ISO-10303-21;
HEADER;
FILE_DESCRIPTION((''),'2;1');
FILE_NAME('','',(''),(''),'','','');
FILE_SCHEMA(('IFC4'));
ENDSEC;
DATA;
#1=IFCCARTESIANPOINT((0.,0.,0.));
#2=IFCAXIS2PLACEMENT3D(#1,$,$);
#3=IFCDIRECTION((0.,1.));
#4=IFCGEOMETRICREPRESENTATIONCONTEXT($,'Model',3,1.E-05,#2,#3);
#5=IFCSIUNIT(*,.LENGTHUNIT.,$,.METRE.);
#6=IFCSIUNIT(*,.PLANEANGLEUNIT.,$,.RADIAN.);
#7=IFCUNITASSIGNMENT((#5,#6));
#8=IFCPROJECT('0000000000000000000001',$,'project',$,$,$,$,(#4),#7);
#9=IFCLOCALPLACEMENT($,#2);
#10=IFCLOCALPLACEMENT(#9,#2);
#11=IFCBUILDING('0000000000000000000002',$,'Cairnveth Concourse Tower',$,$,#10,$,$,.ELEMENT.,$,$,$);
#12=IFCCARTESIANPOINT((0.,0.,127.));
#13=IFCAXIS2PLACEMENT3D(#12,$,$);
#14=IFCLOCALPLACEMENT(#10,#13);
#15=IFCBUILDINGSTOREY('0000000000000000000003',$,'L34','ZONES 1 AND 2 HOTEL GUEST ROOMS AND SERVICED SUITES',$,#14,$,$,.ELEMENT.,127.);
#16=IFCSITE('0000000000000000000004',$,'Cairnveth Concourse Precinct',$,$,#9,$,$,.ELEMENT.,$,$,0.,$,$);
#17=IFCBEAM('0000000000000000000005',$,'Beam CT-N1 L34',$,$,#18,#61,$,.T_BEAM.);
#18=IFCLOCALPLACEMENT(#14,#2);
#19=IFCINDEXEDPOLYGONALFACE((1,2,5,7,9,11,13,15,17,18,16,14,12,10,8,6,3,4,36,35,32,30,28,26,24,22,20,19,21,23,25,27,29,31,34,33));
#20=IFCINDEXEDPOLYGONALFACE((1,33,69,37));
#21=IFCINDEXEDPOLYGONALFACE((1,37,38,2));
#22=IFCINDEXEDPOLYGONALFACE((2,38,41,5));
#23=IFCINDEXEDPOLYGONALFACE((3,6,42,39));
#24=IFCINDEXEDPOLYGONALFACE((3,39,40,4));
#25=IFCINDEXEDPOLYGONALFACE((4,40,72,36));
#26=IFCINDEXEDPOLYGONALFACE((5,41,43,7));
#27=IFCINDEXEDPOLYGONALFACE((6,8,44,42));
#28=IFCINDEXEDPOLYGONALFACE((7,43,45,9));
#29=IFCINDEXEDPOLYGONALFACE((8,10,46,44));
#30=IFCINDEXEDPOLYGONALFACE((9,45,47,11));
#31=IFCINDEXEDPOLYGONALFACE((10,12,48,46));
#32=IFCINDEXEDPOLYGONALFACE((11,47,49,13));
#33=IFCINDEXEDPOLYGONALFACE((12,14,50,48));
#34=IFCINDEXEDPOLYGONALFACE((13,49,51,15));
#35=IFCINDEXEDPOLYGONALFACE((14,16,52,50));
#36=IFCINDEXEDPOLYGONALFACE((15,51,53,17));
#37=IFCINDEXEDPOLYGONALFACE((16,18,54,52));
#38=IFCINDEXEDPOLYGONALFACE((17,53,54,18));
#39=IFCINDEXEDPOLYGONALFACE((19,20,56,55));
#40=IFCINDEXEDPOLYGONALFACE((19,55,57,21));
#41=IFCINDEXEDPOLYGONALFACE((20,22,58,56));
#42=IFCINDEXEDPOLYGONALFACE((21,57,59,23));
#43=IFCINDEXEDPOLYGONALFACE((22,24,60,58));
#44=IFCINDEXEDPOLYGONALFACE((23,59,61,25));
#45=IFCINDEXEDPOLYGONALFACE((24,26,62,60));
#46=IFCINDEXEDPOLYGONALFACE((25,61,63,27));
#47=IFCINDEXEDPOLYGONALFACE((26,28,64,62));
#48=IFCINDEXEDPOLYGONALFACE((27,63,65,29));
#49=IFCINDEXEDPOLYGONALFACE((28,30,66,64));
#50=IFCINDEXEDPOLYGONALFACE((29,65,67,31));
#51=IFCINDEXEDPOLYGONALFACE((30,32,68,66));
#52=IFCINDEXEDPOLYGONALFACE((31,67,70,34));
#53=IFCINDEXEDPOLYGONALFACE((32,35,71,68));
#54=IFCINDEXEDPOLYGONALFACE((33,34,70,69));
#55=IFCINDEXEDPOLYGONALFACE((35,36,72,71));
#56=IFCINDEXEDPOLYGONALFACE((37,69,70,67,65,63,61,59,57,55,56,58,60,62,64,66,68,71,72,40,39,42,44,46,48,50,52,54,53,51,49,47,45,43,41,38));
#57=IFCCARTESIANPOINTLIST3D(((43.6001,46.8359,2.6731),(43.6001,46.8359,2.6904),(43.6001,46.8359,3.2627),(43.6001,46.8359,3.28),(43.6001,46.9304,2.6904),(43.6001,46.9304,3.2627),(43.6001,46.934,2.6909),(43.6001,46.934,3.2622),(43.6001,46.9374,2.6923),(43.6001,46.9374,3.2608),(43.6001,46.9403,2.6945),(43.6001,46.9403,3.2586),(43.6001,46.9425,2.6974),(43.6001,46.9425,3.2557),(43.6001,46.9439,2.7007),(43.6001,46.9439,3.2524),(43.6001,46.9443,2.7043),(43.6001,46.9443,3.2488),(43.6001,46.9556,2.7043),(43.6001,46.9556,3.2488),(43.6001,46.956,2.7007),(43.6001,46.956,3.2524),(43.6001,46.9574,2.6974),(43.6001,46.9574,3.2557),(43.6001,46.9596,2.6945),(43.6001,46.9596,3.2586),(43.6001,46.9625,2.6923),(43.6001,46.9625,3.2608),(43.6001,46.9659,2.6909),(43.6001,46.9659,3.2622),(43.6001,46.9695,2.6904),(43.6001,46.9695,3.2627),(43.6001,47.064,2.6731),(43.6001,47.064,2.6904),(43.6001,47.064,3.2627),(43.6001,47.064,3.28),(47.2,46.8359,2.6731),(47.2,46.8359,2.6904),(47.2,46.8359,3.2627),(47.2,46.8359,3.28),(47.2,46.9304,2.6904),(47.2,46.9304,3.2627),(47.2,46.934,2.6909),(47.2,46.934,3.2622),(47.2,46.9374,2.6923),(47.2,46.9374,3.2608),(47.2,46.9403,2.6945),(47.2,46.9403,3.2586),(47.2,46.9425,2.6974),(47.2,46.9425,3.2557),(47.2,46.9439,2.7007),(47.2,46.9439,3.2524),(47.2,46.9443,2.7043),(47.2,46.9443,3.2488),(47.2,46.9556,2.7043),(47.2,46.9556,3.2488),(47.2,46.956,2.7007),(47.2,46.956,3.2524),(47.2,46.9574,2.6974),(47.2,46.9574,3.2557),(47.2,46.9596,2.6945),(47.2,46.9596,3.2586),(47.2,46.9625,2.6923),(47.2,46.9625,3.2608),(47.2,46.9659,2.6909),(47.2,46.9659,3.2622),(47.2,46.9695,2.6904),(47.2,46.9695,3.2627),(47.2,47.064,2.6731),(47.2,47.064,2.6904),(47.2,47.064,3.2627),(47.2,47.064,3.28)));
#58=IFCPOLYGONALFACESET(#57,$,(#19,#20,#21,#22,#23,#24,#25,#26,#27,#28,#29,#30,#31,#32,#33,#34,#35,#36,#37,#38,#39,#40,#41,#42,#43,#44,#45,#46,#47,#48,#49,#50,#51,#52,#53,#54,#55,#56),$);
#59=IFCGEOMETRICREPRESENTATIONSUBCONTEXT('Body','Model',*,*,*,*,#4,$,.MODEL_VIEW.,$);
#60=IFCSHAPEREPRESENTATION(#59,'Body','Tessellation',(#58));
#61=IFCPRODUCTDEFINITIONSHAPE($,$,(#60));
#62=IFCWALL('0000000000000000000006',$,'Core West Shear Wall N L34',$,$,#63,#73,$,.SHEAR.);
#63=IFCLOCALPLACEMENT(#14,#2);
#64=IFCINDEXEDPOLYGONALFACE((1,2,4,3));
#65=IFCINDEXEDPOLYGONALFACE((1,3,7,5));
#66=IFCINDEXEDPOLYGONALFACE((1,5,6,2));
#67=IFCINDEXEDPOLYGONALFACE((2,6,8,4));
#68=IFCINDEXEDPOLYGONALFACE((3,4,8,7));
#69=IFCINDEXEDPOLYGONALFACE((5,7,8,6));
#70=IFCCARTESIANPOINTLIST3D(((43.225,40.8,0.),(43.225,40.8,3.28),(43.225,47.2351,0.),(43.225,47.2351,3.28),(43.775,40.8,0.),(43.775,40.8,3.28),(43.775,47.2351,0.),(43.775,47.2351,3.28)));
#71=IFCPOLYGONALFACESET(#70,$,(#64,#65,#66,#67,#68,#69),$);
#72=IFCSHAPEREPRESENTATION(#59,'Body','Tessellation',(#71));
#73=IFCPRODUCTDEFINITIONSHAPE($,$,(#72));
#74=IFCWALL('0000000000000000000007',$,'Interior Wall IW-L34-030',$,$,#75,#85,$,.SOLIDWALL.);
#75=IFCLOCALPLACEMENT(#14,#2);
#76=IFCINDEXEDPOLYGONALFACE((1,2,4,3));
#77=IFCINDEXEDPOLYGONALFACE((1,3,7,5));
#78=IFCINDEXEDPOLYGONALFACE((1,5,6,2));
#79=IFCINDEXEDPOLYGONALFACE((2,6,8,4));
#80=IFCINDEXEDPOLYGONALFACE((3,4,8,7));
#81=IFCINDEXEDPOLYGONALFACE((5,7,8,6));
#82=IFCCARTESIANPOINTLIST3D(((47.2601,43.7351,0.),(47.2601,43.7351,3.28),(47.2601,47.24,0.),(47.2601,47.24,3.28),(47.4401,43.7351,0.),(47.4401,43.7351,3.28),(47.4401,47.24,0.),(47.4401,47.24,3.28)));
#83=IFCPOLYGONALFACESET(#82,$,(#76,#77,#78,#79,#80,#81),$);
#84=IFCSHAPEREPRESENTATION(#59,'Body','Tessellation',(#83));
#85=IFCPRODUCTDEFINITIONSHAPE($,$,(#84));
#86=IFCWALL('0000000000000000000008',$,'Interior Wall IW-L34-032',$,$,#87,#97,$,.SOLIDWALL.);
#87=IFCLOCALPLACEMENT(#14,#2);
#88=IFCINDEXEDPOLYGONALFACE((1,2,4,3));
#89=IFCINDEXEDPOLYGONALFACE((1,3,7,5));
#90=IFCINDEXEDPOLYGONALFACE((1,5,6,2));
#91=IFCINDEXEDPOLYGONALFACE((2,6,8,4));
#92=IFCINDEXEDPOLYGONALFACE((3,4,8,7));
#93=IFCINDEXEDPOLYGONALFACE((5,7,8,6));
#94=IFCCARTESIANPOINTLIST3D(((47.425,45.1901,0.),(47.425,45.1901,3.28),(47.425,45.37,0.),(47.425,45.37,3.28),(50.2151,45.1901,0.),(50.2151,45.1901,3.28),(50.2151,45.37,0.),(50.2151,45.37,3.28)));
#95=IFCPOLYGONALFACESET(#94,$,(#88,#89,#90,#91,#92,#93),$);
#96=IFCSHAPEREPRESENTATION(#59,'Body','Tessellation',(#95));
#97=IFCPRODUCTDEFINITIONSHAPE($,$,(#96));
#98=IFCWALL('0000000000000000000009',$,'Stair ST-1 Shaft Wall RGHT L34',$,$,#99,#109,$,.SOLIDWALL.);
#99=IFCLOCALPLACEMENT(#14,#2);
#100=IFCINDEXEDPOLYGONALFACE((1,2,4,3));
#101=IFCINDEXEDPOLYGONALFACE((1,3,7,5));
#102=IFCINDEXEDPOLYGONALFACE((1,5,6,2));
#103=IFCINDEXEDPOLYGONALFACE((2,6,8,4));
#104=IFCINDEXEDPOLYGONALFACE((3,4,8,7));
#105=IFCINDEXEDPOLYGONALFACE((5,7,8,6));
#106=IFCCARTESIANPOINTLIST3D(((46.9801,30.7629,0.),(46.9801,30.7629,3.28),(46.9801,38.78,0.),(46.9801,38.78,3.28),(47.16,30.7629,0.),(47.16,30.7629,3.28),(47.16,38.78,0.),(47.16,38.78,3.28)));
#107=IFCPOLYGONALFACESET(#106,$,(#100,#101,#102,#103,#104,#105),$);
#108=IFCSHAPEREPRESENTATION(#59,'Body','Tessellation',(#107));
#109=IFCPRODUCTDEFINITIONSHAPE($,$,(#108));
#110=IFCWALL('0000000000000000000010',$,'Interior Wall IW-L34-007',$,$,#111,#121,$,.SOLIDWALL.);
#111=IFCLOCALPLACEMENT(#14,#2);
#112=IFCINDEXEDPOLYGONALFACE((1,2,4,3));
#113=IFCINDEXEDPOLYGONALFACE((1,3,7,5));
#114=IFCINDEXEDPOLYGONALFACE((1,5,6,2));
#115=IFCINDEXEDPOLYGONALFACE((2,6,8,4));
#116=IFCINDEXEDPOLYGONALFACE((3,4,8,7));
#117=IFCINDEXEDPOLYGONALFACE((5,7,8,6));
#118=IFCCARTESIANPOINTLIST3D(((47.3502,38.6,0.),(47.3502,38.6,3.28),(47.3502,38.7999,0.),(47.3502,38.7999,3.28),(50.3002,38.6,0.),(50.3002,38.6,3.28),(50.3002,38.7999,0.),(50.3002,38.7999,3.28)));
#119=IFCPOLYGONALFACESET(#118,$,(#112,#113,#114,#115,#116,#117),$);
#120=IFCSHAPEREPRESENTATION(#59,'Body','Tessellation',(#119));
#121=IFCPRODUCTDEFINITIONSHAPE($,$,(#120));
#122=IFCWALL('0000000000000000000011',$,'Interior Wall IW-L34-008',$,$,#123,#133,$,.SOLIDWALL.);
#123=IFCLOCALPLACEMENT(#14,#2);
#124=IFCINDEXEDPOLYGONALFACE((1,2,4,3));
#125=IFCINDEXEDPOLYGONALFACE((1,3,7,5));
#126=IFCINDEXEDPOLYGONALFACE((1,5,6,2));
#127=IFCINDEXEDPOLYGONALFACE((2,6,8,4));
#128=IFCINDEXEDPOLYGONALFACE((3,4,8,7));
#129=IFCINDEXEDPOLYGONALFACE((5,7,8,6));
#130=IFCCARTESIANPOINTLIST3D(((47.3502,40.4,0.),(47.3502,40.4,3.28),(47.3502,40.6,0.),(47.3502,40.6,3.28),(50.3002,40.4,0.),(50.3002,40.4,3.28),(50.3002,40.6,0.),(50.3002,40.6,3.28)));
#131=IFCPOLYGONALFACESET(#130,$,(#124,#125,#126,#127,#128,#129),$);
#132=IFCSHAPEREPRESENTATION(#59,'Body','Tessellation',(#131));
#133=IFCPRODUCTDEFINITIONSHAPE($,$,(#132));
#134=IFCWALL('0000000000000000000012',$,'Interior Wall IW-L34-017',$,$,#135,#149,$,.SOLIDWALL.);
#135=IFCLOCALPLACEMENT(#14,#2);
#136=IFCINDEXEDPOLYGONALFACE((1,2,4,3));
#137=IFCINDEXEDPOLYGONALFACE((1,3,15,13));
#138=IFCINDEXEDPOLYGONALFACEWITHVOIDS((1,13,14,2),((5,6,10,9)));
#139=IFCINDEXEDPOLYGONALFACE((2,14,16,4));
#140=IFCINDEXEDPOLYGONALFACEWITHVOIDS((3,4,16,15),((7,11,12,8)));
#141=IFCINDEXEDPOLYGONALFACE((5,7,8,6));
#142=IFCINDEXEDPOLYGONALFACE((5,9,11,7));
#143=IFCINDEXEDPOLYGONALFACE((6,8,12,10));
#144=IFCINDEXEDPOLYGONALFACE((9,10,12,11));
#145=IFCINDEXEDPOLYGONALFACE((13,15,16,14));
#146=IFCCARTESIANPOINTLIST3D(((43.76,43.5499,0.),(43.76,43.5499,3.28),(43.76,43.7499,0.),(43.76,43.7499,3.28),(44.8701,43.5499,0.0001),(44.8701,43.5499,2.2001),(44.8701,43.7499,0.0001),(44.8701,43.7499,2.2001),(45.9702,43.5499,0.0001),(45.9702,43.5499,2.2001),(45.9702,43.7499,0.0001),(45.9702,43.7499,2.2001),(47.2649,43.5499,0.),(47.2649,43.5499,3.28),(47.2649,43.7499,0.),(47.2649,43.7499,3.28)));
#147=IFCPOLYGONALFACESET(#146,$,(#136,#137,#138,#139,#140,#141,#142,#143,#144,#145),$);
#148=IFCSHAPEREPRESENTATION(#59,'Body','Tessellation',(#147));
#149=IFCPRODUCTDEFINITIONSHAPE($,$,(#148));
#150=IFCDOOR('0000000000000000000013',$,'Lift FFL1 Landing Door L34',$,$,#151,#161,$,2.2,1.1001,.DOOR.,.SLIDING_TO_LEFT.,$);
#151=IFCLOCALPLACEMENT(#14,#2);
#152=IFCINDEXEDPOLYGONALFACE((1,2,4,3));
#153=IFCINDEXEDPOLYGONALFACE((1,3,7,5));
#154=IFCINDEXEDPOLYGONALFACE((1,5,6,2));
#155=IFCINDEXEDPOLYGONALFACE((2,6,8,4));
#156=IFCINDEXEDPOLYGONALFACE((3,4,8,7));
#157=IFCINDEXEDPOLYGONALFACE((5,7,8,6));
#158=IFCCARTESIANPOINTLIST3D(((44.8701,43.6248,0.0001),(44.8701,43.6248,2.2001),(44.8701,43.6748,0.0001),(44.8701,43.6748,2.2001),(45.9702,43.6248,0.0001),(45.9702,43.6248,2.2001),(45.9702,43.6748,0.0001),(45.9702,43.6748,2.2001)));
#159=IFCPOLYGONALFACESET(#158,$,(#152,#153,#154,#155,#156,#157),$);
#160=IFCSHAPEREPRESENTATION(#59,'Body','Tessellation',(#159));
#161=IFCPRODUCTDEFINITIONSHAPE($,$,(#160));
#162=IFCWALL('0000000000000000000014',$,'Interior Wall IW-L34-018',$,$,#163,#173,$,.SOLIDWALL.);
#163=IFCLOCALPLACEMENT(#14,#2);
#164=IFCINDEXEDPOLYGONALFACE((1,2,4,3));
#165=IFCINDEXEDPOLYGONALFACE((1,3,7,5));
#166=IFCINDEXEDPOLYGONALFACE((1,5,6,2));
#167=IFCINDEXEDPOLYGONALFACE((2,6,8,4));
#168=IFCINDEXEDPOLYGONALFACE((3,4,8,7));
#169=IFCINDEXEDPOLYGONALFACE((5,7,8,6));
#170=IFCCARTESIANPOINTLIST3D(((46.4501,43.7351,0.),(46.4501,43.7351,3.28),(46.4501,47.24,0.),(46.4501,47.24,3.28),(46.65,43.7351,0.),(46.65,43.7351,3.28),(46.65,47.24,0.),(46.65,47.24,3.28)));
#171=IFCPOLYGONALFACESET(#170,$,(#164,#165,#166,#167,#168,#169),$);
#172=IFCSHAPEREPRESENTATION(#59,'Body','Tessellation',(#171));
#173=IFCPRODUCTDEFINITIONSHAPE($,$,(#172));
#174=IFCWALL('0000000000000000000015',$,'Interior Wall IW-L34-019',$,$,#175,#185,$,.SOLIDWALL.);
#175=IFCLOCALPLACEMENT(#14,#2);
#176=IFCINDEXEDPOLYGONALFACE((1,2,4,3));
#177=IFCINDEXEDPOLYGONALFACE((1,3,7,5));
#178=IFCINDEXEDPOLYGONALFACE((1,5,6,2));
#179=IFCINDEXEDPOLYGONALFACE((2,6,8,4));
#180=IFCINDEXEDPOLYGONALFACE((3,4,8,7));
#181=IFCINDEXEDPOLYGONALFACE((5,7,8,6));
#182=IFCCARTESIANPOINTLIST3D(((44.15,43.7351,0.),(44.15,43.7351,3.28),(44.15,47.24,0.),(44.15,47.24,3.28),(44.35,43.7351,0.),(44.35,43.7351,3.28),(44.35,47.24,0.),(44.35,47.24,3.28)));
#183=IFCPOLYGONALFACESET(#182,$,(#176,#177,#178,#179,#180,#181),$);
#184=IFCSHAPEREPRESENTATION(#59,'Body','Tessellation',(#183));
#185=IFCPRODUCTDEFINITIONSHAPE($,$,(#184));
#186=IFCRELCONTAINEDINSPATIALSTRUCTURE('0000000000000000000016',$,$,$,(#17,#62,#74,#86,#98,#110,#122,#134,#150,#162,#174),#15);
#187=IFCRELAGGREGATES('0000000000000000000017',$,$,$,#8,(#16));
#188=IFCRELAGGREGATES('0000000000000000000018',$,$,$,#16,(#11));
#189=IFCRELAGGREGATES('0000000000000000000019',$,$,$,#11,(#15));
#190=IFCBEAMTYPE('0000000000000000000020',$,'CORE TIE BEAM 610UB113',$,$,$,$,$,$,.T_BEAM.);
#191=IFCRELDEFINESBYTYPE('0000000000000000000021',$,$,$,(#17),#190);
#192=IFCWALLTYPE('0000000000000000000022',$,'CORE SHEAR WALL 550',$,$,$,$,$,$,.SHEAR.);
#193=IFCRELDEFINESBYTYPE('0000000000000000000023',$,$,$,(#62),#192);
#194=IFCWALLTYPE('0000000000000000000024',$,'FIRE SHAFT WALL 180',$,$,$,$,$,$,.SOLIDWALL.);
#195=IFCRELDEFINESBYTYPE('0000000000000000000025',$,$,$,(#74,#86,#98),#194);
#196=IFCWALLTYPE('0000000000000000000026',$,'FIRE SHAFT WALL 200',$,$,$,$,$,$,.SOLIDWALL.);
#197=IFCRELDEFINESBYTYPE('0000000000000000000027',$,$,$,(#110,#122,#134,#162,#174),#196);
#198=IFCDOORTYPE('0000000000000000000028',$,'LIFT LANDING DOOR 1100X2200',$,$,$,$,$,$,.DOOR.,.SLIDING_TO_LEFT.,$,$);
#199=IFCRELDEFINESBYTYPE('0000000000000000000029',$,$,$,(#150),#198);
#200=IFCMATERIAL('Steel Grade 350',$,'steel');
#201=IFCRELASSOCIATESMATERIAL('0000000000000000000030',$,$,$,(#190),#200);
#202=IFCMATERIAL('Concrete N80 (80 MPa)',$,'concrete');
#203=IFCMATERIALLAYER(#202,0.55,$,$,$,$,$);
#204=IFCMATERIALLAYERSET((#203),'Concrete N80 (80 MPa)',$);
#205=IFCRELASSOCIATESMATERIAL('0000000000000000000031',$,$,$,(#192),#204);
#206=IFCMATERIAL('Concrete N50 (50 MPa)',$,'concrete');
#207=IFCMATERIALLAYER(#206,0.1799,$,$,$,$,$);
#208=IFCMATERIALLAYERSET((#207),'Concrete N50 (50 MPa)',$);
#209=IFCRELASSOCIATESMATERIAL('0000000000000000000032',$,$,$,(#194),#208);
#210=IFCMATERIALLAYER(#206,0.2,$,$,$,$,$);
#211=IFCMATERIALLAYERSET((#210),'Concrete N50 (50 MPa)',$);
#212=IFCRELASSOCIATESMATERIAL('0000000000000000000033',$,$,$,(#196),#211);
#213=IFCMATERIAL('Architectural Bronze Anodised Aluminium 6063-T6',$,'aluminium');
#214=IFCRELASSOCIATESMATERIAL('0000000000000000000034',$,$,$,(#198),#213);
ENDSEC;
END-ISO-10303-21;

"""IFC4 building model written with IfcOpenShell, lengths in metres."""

from ifc_helpers import new_model, si_unit, direction, frame, frame_2d, origin, origin_2d, place, context, subcontext, project, spatial, rectangle, i_section, extrude, material, layer, layer_set, material_profile, profile_set, type_object, element, fill, save


model = new_model("IFC4")

# Units and contexts
model_context = context("Model", 3, precision=1e-05, world=origin(), true_north=direction((0.0, 1.0)))
body_context = subcontext(model_context, "Body", "Model", "MODEL_VIEW")
ifc_project = project(units=[si_unit("LENGTHUNIT", "METRE"), si_unit("PLANEANGLEUNIT", "RADIAN")], contexts=[model_context])

# Site, building, storey
site_placement = place(None, origin())
site = spatial("IfcSite", under=ifc_project, at=site_placement, Name="Cairnveth Concourse Precinct", CompositionType="ELEMENT", RefElevation=0.0)
building_placement = place(site_placement, origin())
building = spatial("IfcBuilding", under=site, at=building_placement, Name="Cairnveth Concourse Tower", CompositionType="ELEMENT")
storey_placement = place(building_placement, frame((0.0, 0.0, 127.0)))
storey = spatial("IfcBuildingStorey", under=building, at=storey_placement, Name="L34", Description="ZONES 1 AND 2 HOTEL GUEST ROOMS AND SERVICED SUITES", CompositionType="ELEMENT", Elevation=127.0)

# Beam
ifc_material_1 = material(Name="Steel Grade 350", Category="steel")
ifc_material_profile = material_profile(ifc_material_1, i_section(OverallWidth=0.228, OverallDepth=0.6069, WebThickness=0.0112, FlangeThickness=0.0173, FilletRadius=0.0139, at=origin_2d()), Name="610UB113")
ifc_profile_set = profile_set([ifc_material_profile], Name="Steel Grade 350")
beam_type = type_object("IfcBeamType", Name="CORE TIE BEAM 610UB113", PredefinedType="T_BEAM", material=ifc_profile_set)
beam_placement = place(storey_placement, frame((43.6001, 46.95, 2.9766), z_axis=(1.0, 0.0, 0.0), x_axis=(0.0, 1.0, 0.0)))
element("IfcBeam", 1, at=beam_placement, inside=storey, type_object=beam_type, Name="Beam CT-N1 L34", PredefinedType="T_BEAM", context=body_context, shape_type="SweptSolid", body=[
    extrude(i_section(OverallWidth=0.228, OverallDepth=0.6069, WebThickness=0.0112, FlangeThickness=0.0173, FilletRadius=0.0139, at=origin_2d()), origin(), (0.0, 0.0, 1.0), 3.5999),
])

# Walls
ifc_material_2 = material(Name="Concrete N80 (80 MPa)", Category="concrete")
ifc_layer_1 = layer(ifc_material_2, 0.55)
ifc_layer_set_1 = layer_set([ifc_layer_1], Name="Concrete N80 (80 MPa)")
wall_type_1 = type_object("IfcWallType", Name="CORE SHEAR WALL 550", PredefinedType="SHEAR", material=ifc_layer_set_1)
wall_1_placement = place(storey_placement, frame((43.5, 40.8, 0.0), z_axis=(0.0, 0.0, 1.0), x_axis=(0.0, 1.0, 0.0)))
element("IfcWall", 2, at=wall_1_placement, inside=storey, type_object=wall_type_1, Name="Core West Shear Wall N L34", PredefinedType="SHEAR", context=body_context, shape_type="SweptSolid", body=[
    extrude(rectangle(XDim=6.4351, YDim=0.55, at=frame_2d((3.2175, 0.0))), origin(), (0.0, 0.0, 1.0), 3.28),
])
ifc_material_3 = material(Name="Concrete N50 (50 MPa)", Category="concrete")
ifc_layer_2 = layer(ifc_material_3, 0.1799)
ifc_layer_set_2 = layer_set([ifc_layer_2], Name="Concrete N50 (50 MPa)")
wall_type_2 = type_object("IfcWallType", Name="FIRE SHAFT WALL 180", PredefinedType="SOLIDWALL", material=ifc_layer_set_2)
wall_2_placement = place(storey_placement, frame((47.3501, 43.7351, 0.0), z_axis=(0.0, 0.0, 1.0), x_axis=(0.0, 1.0, 0.0)))
element("IfcWall", 3, at=wall_2_placement, inside=storey, type_object=wall_type_2, Name="Interior Wall IW-L34-030", PredefinedType="SOLIDWALL", context=body_context, shape_type="SweptSolid", body=[
    extrude(rectangle(XDim=3.5049, YDim=0.1799, at=frame_2d((1.7524, 0.0))), origin(), (0.0, 0.0, 1.0), 3.28),
])
wall_3_placement = place(storey_placement, frame((47.425, 45.28, 0.0), z_axis=(0.0, 0.0, 1.0), x_axis=(1.0, 0.0, 0.0)))
element("IfcWall", 4, at=wall_3_placement, inside=storey, type_object=wall_type_2, Name="Interior Wall IW-L34-032", PredefinedType="SOLIDWALL", context=body_context, shape_type="SweptSolid", body=[
    extrude(rectangle(XDim=2.79, YDim=0.1799, at=frame_2d((1.395, 0.0))), origin(), (0.0, 0.0, 1.0), 3.28),
])

# Walls
wall_4_placement = place(storey_placement, frame((47.0701, 38.78, 0.0), z_axis=(0.0, 0.0, 1.0), x_axis=(0.0, -1.0, 0.0)))
element("IfcWall", 5, at=wall_4_placement, inside=storey, type_object=wall_type_2, Name="Stair ST-1 Shaft Wall RGHT L34", PredefinedType="SOLIDWALL", context=body_context, shape_type="SweptSolid", body=[
    extrude(rectangle(XDim=8.0171, YDim=0.1799, at=frame_2d((4.0085, 0.0))), origin(), (0.0, 0.0, 1.0), 3.28),
])
ifc_layer_3 = layer(ifc_material_3, 0.2)
ifc_layer_set_3 = layer_set([ifc_layer_3], Name="Concrete N50 (50 MPa)")
wall_type_3 = type_object("IfcWallType", Name="FIRE SHAFT WALL 200", PredefinedType="SOLIDWALL", material=ifc_layer_set_3)
for number, where, z_axis, x_axis, name in (
    (6, (47.3501, 38.7, 0.0), (0.0, 0.0, 1.0), (1.0, 0.0, 0.0), "Interior Wall IW-L34-007"),
    (7, (47.3501, 40.5, 0.0), (0.0, 0.0, 1.0), (1.0, 0.0, 0.0), "Interior Wall IW-L34-008"),
):
    element("IfcWall", number, at=place(storey_placement, frame(where, z_axis=z_axis, x_axis=x_axis)), inside=storey, type_object=wall_type_3, Name=name, PredefinedType="SOLIDWALL", context=body_context, shape_type="SweptSolid", body=[
        extrude(rectangle(XDim=2.95, YDim=0.2, at=frame_2d((1.4751, 0.0))), origin(), (0.0, 0.0, 1.0), 3.28),
    ])

# Wall, opening, door
wall_5_placement = place(storey_placement, frame((43.76, 43.6499, 0.0), z_axis=(0.0, 0.0, 1.0), x_axis=(1.0, 0.0, 0.0)))
wall_5 = element("IfcWall", 8, at=wall_5_placement, inside=storey, type_object=wall_type_3, Name="Interior Wall IW-L34-017", PredefinedType="SOLIDWALL", context=body_context, shape_type="SweptSolid", body=[
    extrude(rectangle(XDim=3.5049, YDim=0.2, at=frame_2d((1.7524, 0.0))), origin(), (0.0, 0.0, 1.0), 3.28),
])
opening_1_placement = place(wall_5_placement, frame((1.1101, 0.0, 0.0)))
opening_1 = element("IfcOpeningElement", 9, at=opening_1_placement, cuts=wall_5, PredefinedType="OPENING", context=body_context, shape_type="SweptSolid", body=[
    extrude(rectangle(XDim=1.1001, YDim=2.2, at=frame_2d((0.55, 1.1001))), frame((0.0, 0.1099, 0.0), z_axis=(0.0, -1.0, 0.0), x_axis=(1.0, 0.0, 0.0)), (0.0, 0.0, 1.0), 0.22),
])
ifc_material_4 = material(Name="Architectural Bronze Anodised Aluminium 6063-T6", Category="aluminium")
door_type_1 = type_object("IfcDoorType", Name="LIFT LANDING DOOR 1100X2200", OperationType="SLIDING_TO_LEFT", PredefinedType="DOOR", material=ifc_material_4)
door_1_placement = place(opening_1_placement, origin())
door_1 = element("IfcDoor", 10, at=door_1_placement, inside=storey, type_object=door_type_1, Name="Lift FFL1 Landing Door L34", OperationType="SLIDING_TO_LEFT", OverallHeight=2.2, OverallWidth=1.1001, PredefinedType="DOOR", context=body_context, shape_type="SweptSolid", body=[
    extrude(rectangle(XDim=1.1001, YDim=2.2, at=frame_2d((0.55, 1.1001))), frame((0.0, 0.0249, 0.0), z_axis=(0.0, -1.0, 0.0), x_axis=(1.0, 0.0, 0.0)), (0.0, 0.0, 1.0), 0.05),
])
fill(opening_1, door_1)

# Walls
for number, where, z_axis, x_axis, name in (
    (11, (46.55, 43.7351, 0.0), (0.0, 0.0, 1.0), (0.0, 1.0, 0.0), "Interior Wall IW-L34-018"),
    (12, (44.25, 43.7351, 0.0), (0.0, 0.0, 1.0), (0.0, 1.0, 0.0), "Interior Wall IW-L34-019"),
):
    element("IfcWall", number, at=place(storey_placement, frame(where, z_axis=z_axis, x_axis=x_axis)), inside=storey, type_object=wall_type_3, Name=name, PredefinedType="SOLIDWALL", context=body_context, shape_type="SweptSolid", body=[
        extrude(rectangle(XDim=3.5049, YDim=0.2, at=frame_2d((1.7524, 0.0))), origin(), (0.0, 0.0, 1.0), 3.28),
    ])

save(model, "model.ifc")
